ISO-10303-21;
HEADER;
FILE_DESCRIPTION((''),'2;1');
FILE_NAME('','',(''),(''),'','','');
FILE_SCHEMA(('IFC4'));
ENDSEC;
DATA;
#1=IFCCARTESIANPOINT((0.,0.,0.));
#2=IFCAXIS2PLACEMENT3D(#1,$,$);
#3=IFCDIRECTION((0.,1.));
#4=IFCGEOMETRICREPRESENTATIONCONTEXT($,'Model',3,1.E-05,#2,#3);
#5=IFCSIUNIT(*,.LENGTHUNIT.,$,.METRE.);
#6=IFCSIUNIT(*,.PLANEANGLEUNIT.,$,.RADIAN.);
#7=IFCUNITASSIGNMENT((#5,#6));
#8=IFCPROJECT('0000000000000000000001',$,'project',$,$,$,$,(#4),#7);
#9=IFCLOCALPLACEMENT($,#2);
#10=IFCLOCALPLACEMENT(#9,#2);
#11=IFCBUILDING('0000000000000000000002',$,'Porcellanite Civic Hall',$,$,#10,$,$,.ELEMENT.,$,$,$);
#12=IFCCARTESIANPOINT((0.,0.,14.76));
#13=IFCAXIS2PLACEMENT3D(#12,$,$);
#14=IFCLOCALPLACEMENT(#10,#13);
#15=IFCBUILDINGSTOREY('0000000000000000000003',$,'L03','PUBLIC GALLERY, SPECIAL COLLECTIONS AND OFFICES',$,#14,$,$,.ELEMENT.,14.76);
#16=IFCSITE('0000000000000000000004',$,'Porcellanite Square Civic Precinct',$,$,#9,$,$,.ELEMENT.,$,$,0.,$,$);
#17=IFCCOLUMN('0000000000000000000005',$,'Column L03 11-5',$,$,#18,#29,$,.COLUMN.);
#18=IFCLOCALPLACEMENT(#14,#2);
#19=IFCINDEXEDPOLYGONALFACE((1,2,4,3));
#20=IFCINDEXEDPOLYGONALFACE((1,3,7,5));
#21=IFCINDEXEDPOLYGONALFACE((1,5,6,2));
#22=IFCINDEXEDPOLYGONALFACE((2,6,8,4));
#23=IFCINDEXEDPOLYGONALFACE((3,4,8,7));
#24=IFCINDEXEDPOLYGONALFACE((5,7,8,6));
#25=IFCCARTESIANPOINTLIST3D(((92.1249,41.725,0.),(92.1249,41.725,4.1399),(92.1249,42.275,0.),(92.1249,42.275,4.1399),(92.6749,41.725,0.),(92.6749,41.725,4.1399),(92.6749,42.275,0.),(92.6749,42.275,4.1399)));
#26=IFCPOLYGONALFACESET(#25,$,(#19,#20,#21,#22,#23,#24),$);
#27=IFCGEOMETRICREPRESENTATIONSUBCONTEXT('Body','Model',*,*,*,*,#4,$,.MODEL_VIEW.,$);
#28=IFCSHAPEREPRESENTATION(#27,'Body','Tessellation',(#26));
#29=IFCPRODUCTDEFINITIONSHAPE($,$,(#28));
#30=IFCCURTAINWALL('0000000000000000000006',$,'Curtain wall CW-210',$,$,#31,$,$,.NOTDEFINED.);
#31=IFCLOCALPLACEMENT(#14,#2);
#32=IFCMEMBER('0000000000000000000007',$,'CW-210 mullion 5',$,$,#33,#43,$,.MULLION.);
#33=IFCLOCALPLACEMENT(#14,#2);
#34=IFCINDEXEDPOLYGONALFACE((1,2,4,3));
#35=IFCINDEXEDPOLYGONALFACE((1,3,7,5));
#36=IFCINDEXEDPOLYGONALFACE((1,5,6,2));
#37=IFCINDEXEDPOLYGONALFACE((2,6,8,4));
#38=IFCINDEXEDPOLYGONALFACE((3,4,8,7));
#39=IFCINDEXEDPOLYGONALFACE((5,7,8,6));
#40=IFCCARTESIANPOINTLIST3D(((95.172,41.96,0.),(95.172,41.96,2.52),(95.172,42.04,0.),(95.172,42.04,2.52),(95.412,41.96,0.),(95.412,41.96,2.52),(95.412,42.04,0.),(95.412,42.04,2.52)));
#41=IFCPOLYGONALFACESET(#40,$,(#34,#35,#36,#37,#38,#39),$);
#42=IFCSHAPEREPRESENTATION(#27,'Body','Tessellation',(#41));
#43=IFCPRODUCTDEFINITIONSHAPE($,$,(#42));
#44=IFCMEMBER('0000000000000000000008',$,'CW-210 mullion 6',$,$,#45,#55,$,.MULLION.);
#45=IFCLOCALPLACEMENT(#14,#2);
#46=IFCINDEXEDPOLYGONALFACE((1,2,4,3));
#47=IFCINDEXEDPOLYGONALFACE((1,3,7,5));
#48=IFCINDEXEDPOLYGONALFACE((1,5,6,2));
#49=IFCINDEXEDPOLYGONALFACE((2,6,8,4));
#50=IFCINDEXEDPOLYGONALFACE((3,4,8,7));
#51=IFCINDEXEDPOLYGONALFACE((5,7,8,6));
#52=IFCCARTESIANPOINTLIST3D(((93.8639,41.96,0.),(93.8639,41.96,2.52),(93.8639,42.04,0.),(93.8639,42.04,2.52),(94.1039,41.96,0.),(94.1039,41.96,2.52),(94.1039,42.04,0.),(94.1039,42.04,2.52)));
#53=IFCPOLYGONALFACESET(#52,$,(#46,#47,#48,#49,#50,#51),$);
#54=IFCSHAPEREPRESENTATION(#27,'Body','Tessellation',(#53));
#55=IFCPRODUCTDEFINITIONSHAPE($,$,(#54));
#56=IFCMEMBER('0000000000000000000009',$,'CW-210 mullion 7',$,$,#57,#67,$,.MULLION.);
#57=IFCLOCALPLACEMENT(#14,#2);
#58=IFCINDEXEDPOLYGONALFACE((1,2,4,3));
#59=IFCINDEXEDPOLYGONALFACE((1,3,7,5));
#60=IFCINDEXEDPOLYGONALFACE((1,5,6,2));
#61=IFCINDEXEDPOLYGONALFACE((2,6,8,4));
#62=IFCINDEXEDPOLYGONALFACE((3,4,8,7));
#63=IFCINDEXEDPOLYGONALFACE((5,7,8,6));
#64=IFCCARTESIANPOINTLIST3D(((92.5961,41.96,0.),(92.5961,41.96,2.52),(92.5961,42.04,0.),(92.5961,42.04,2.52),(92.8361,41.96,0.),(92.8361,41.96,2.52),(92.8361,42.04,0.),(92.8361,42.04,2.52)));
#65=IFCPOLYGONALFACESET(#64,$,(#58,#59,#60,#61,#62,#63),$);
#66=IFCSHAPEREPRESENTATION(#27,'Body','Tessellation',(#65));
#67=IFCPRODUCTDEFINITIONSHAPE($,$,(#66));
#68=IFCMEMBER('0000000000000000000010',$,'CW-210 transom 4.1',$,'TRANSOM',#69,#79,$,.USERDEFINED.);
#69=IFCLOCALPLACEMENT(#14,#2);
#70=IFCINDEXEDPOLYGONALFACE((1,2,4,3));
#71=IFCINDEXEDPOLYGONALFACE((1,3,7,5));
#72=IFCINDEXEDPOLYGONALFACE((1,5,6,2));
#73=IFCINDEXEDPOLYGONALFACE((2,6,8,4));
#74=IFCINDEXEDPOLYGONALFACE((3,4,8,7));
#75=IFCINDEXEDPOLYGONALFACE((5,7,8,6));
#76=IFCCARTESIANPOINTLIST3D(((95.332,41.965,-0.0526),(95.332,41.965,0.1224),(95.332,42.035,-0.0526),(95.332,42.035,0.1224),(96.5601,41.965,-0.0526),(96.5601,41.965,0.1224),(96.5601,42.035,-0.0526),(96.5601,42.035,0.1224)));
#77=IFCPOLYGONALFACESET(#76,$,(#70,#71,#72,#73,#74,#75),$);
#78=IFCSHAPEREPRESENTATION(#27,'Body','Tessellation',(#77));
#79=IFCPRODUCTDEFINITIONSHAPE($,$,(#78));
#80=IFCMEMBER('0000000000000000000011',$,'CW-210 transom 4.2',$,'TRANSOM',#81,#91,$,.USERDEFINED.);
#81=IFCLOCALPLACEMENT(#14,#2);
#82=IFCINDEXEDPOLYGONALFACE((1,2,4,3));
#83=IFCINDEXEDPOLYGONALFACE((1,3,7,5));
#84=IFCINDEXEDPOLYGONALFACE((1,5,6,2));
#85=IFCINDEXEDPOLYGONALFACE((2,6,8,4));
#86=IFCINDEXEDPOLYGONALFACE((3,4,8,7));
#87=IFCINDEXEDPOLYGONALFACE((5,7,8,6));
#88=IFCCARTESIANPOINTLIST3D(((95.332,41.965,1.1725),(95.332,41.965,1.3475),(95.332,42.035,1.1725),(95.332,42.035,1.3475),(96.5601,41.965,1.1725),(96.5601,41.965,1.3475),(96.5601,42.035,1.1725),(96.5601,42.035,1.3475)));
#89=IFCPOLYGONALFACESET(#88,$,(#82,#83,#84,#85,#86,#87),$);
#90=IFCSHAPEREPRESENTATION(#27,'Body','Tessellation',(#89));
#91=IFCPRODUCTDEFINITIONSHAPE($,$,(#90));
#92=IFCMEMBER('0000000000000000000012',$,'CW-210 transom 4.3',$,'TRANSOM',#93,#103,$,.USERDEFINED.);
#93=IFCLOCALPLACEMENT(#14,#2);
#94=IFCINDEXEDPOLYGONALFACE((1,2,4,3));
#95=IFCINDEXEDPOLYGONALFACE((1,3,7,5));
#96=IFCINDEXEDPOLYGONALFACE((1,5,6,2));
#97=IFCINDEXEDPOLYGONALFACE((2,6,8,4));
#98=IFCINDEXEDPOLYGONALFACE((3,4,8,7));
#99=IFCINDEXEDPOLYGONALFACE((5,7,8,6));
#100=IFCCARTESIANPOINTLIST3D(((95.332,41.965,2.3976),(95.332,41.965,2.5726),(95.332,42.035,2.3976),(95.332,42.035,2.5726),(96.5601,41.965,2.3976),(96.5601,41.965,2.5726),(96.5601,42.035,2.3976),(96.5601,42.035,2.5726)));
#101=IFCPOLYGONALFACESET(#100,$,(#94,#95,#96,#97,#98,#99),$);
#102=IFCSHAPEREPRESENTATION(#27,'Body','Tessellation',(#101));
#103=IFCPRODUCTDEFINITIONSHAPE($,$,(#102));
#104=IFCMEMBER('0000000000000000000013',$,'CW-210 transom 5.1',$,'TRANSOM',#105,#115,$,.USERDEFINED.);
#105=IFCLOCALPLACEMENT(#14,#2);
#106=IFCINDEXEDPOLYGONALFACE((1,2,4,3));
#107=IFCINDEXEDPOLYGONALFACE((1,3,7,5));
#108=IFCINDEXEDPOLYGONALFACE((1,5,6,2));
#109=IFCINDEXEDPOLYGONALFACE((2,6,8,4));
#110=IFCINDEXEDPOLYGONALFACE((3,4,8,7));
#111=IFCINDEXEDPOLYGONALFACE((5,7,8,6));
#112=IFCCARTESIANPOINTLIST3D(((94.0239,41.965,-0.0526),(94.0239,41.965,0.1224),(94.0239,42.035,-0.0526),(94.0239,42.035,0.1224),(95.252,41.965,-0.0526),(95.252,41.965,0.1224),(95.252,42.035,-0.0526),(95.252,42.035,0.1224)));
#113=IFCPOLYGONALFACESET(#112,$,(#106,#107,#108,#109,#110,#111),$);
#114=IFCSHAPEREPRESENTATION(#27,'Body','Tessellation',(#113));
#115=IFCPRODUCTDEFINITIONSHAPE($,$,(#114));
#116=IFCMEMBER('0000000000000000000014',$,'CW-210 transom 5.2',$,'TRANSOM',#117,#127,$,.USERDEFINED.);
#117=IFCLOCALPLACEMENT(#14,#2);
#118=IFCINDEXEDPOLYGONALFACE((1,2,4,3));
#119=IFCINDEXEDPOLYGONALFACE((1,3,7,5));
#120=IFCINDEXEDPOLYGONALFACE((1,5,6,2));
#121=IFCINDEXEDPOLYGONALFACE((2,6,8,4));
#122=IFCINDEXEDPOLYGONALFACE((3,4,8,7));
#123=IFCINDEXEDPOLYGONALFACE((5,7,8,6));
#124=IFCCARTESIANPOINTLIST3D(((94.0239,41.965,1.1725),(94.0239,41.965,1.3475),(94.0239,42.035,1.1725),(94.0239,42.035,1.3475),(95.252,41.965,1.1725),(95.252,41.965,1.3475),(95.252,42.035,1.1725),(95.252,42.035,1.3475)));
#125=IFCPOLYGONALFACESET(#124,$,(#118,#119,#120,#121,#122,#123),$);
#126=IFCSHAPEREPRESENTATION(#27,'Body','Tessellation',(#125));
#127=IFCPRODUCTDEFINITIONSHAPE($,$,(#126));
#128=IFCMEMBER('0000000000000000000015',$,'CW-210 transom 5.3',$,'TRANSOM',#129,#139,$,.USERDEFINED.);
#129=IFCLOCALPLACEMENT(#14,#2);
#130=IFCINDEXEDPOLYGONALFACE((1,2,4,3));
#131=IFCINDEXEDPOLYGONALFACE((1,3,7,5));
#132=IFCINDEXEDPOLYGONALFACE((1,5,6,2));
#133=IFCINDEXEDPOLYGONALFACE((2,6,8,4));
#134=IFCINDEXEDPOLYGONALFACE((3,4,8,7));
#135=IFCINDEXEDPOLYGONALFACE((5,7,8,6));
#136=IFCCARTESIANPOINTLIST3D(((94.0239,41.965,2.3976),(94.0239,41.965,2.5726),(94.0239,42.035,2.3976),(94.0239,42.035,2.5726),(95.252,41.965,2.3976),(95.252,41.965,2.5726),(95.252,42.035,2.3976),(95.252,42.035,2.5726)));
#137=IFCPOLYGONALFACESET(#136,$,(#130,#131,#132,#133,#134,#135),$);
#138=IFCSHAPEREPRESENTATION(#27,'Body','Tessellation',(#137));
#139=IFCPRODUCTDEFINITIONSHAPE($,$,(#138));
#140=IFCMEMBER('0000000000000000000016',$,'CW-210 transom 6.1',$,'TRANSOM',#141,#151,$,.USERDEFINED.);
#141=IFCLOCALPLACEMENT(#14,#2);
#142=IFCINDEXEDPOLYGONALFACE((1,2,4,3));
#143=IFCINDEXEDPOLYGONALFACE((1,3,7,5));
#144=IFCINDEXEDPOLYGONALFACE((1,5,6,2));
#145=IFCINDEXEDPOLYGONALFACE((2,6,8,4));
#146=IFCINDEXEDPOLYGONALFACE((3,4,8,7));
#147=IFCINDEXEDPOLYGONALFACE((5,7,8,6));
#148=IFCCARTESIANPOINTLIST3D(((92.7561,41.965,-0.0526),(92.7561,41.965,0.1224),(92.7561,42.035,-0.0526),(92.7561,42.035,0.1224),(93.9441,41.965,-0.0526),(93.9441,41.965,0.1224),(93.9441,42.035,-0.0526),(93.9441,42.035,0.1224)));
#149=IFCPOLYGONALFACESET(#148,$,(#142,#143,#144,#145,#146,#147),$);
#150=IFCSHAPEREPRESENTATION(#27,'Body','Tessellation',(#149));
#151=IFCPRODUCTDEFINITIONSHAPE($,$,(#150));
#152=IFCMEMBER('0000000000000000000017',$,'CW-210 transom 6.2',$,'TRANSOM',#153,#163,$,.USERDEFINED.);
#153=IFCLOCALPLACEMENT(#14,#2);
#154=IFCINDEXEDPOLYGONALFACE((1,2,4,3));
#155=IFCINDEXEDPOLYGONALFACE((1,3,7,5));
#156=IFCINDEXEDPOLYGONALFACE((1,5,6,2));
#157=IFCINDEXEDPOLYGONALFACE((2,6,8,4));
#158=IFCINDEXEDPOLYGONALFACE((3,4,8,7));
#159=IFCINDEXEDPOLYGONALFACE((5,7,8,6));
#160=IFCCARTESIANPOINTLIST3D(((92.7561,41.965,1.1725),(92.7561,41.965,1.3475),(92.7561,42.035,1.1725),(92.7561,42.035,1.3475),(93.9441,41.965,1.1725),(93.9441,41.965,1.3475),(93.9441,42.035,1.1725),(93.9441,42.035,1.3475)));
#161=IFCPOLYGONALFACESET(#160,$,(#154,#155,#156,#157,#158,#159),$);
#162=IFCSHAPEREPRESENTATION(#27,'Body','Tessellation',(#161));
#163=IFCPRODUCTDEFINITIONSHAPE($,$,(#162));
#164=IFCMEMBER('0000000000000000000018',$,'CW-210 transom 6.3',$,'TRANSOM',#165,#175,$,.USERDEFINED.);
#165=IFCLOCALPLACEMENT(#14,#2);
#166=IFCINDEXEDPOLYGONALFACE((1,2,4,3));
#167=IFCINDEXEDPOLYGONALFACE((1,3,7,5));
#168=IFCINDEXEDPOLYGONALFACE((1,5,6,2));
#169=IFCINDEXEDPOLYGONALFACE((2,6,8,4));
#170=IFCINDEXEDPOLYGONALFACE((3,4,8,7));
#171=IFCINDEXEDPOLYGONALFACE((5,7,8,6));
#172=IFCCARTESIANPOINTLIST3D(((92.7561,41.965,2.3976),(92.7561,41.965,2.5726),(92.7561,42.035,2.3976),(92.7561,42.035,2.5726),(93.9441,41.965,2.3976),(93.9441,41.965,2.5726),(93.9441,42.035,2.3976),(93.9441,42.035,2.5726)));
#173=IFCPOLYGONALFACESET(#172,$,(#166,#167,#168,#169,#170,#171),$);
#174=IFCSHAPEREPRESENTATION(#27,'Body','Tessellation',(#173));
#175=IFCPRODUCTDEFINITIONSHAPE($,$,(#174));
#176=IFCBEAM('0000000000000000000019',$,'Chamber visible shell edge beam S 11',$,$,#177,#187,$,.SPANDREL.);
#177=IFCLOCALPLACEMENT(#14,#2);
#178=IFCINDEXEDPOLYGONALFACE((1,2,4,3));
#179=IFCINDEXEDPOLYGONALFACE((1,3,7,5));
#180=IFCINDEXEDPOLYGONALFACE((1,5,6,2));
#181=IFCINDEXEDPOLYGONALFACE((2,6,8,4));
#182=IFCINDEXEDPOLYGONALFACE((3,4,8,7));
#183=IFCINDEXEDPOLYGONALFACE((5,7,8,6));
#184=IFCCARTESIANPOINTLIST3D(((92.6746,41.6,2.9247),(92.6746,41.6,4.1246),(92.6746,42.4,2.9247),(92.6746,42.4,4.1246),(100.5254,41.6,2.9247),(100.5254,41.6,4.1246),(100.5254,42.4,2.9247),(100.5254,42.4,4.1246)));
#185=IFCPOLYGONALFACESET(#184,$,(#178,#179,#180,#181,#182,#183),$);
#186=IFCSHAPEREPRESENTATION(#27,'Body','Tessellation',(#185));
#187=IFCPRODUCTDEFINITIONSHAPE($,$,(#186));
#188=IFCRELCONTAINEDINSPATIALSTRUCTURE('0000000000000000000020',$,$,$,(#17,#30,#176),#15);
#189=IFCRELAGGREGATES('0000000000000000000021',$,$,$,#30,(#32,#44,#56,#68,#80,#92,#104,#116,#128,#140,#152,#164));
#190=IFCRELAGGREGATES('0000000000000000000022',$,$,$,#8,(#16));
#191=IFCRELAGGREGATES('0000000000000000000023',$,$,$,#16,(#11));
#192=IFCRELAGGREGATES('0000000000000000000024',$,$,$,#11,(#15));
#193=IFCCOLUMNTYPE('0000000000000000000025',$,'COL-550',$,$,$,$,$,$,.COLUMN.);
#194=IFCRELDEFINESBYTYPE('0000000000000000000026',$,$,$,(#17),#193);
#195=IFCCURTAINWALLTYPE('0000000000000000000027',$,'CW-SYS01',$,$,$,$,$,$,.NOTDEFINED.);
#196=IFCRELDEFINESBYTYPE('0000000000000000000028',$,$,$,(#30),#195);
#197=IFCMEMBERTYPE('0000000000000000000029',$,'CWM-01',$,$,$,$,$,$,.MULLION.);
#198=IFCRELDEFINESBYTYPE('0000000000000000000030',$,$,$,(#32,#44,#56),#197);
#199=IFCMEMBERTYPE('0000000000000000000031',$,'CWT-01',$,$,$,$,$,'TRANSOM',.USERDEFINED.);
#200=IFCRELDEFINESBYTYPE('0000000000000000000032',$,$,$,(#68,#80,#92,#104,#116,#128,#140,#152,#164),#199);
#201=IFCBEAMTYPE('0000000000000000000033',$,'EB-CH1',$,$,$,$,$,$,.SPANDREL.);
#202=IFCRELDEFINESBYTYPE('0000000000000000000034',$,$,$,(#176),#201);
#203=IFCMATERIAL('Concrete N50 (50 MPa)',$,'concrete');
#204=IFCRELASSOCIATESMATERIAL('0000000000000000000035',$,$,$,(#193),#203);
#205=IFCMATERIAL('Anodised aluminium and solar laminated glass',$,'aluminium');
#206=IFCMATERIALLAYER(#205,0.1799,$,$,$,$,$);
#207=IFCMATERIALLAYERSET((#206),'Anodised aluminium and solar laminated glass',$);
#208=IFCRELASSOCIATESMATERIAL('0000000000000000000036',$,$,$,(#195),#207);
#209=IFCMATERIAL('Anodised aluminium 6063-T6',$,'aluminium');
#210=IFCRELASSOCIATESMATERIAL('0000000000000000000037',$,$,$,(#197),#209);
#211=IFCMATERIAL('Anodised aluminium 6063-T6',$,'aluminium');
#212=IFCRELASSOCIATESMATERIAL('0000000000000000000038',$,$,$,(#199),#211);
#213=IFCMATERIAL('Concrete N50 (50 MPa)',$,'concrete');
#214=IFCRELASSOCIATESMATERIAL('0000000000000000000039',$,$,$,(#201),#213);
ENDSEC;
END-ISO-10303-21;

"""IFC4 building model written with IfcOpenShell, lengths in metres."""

from ifc_helpers import new_model, si_unit, direction, frame, origin, origin_2d, place, context, subcontext, project, spatial, rectangle, extrude, material, layer, layer_set, material_profile, profile_set, type_object, element, aggregate, save


model = new_model("IFC4")

# Units and contexts
model_context = context("Model", 3, precision=1e-05, world=origin(), true_north=direction((0.0, 1.0)))
body_context = subcontext(model_context, "Body", "Model", "MODEL_VIEW")
ifc_project = project(units=[si_unit("LENGTHUNIT", "METRE"), si_unit("PLANEANGLEUNIT", "RADIAN")], contexts=[model_context])

# Site, building, storey
site_placement = place(None, origin())
site = spatial("IfcSite", under=ifc_project, at=site_placement, Name="Porcellanite Square Civic Precinct", CompositionType="ELEMENT", RefElevation=0.0)
building_placement = place(site_placement, origin())
building = spatial("IfcBuilding", under=site, at=building_placement, Name="Porcellanite Civic Hall", CompositionType="ELEMENT")
storey_placement = place(building_placement, frame((0.0, 0.0, 14.76)))
storey = spatial("IfcBuildingStorey", under=building, at=storey_placement, Name="L03", Description="PUBLIC GALLERY, SPECIAL COLLECTIONS AND OFFICES", CompositionType="ELEMENT", Elevation=14.76)

# Column
ifc_material_1 = material(Name="Concrete N50 (50 MPa)", Category="concrete")
ifc_material_profile_1 = material_profile(ifc_material_1, rectangle(XDim=0.55, YDim=0.55, at=origin_2d()), Name="RC-550x550")
ifc_profile_set_1 = profile_set([ifc_material_profile_1], Name="Concrete N50 (50 MPa)")
column_type = type_object("IfcColumnType", Name="COL-550", PredefinedType="COLUMN", material=ifc_profile_set_1)
column_placement = place(storey_placement, frame((92.3999, 42.0, 0.0), z_axis=(0.0, 0.0, 1.0), x_axis=(1.0, 0.0, 0.0)))
element("IfcColumn", 1, at=column_placement, inside=storey, type_object=column_type, Name="Column L03 11-5", PredefinedType="COLUMN", context=body_context, shape_type="SweptSolid", body=[
    extrude(rectangle(XDim=0.55, YDim=0.55, at=origin_2d()), origin(), (0.0, 0.0, 1.0), 4.1399),
])

# Curtain wall, members
ifc_material_2 = material(Name="Anodised aluminium and solar laminated glass", Category="aluminium")
ifc_layer_1 = layer(ifc_material_2, 0.1799)
ifc_layer_set_1 = layer_set([ifc_layer_1], Name="Anodised aluminium and solar laminated glass")
curtain_wall_type = type_object("IfcCurtainWallType", Name="CW-SYS01", PredefinedType="NOTDEFINED", material=ifc_layer_set_1)
curtain_wall_placement = place(storey_placement, origin())
curtain_wall = element("IfcCurtainWall", 2, at=curtain_wall_placement, inside=storey, type_object=curtain_wall_type, Name="Curtain wall CW-210", PredefinedType="NOTDEFINED")
ifc_material_3 = material(Name="Anodised aluminium 6063-T6", Category="aluminium")
ifc_material_profile_2 = material_profile(ifc_material_3, rectangle(XDim=0.0801, YDim=0.24, at=origin_2d()), Name="AL-80x240")
ifc_profile_set_2 = profile_set([ifc_material_profile_2], Name="Anodised aluminium 6063-T6")
member_type_1 = type_object("IfcMemberType", Name="CWM-01", PredefinedType="MULLION", material=ifc_profile_set_2)
member_1_placement = place(storey_placement, frame((95.292, 42.0, 0.0), z_axis=(0.0, 0.0, 1.0), x_axis=(0.0, -1.0, 0.0)))
member_1 = element("IfcMember", 3, at=member_1_placement, type_object=member_type_1, Name="CW-210 mullion 5", PredefinedType="MULLION", context=body_context, shape_type="SweptSolid", body=[
    extrude(rectangle(XDim=0.0801, YDim=0.24, at=origin_2d()), origin(), (0.0, 0.0, 1.0), 2.52),
])
member_2_placement = place(storey_placement, frame((93.9839, 42.0, 0.0), z_axis=(0.0, 0.0, 1.0), x_axis=(0.0, -1.0, 0.0)))
member_2 = element("IfcMember", 4, at=member_2_placement, type_object=member_type_1, Name="CW-210 mullion 6", PredefinedType="MULLION", context=body_context, shape_type="SweptSolid", body=[
    extrude(rectangle(XDim=0.0801, YDim=0.24, at=origin_2d()), origin(), (0.0, 0.0, 1.0), 2.52),
])
member_3_placement = place(storey_placement, frame((92.7161, 42.0, 0.0), z_axis=(0.0, 0.0, 1.0), x_axis=(0.0, -1.0, 0.0)))
member_3 = element("IfcMember", 5, at=member_3_placement, type_object=member_type_1, Name="CW-210 mullion 7", PredefinedType="MULLION", context=body_context, shape_type="SweptSolid", body=[
    extrude(rectangle(XDim=0.0801, YDim=0.24, at=origin_2d()), origin(), (0.0, 0.0, 1.0), 2.52),
])
ifc_material_4 = material(Name="Anodised aluminium 6063-T6", Category="aluminium")
ifc_material_profile_3 = material_profile(ifc_material_4, rectangle(XDim=0.0701, YDim=0.175, at=origin_2d()), Name="AL-70x175")
ifc_profile_set_3 = profile_set([ifc_material_profile_3], Name="Anodised aluminium 6063-T6")
member_type_2 = type_object("IfcMemberType", Name="CWT-01", ElementType="TRANSOM", PredefinedType="USERDEFINED", material=ifc_profile_set_3)
member_4_placement = place(storey_placement, frame((96.5601, 42.0, 0.0349), z_axis=(-1.0, 0.0, 0.0), x_axis=(0.0, -1.0, 0.0)))
member_4 = element("IfcMember", 6, at=member_4_placement, type_object=member_type_2, Name="CW-210 transom 4.1", ObjectType="TRANSOM", PredefinedType="USERDEFINED", context=body_context, shape_type="SweptSolid", body=[
    extrude(rectangle(XDim=0.0701, YDim=0.175, at=origin_2d()), origin(), (0.0, 0.0, 1.0), 1.228),
])
member_5_placement = place(storey_placement, frame((96.5601, 42.0, 1.26), z_axis=(-1.0, 0.0, 0.0), x_axis=(0.0, -1.0, 0.0)))
member_5 = element("IfcMember", 7, at=member_5_placement, type_object=member_type_2, Name="CW-210 transom 4.2", ObjectType="TRANSOM", PredefinedType="USERDEFINED", context=body_context, shape_type="SweptSolid", body=[
    extrude(rectangle(XDim=0.0701, YDim=0.175, at=origin_2d()), origin(), (0.0, 0.0, 1.0), 1.228),
])
member_6_placement = place(storey_placement, frame((96.5601, 42.0, 2.4851), z_axis=(-1.0, 0.0, 0.0), x_axis=(0.0, -1.0, 0.0)))
member_6 = element("IfcMember", 8, at=member_6_placement, type_object=member_type_2, Name="CW-210 transom 4.3", ObjectType="TRANSOM", PredefinedType="USERDEFINED", context=body_context, shape_type="SweptSolid", body=[
    extrude(rectangle(XDim=0.0701, YDim=0.175, at=origin_2d()), origin(), (0.0, 0.0, 1.0), 1.228),
])
member_7_placement = place(storey_placement, frame((95.252, 42.0, 0.0349), z_axis=(-1.0, 0.0, 0.0), x_axis=(0.0, -1.0, 0.0)))
member_7 = element("IfcMember", 9, at=member_7_placement, type_object=member_type_2, Name="CW-210 transom 5.1", ObjectType="TRANSOM", PredefinedType="USERDEFINED", context=body_context, shape_type="SweptSolid", body=[
    extrude(rectangle(XDim=0.0701, YDim=0.175, at=origin_2d()), origin(), (0.0, 0.0, 1.0), 1.228),
])
member_8_placement = place(storey_placement, frame((95.252, 42.0, 1.26), z_axis=(-1.0, 0.0, 0.0), x_axis=(0.0, -1.0, 0.0)))
member_8 = element("IfcMember", 10, at=member_8_placement, type_object=member_type_2, Name="CW-210 transom 5.2", ObjectType="TRANSOM", PredefinedType="USERDEFINED", context=body_context, shape_type="SweptSolid", body=[
    extrude(rectangle(XDim=0.0701, YDim=0.175, at=origin_2d()), origin(), (0.0, 0.0, 1.0), 1.228),
])
member_9_placement = place(storey_placement, frame((95.252, 42.0, 2.4851), z_axis=(-1.0, 0.0, 0.0), x_axis=(0.0, -1.0, 0.0)))
member_9 = element("IfcMember", 11, at=member_9_placement, type_object=member_type_2, Name="CW-210 transom 5.3", ObjectType="TRANSOM", PredefinedType="USERDEFINED", context=body_context, shape_type="SweptSolid", body=[
    extrude(rectangle(XDim=0.0701, YDim=0.175, at=origin_2d()), origin(), (0.0, 0.0, 1.0), 1.228),
])
member_10_placement = place(storey_placement, frame((93.9441, 42.0, 0.0349), z_axis=(-1.0, 0.0, 0.0), x_axis=(0.0, -1.0, 0.0)))
member_10 = element("IfcMember", 12, at=member_10_placement, type_object=member_type_2, Name="CW-210 transom 6.1", ObjectType="TRANSOM", PredefinedType="USERDEFINED", context=body_context, shape_type="SweptSolid", body=[
    extrude(rectangle(XDim=0.0701, YDim=0.175, at=origin_2d()), origin(), (0.0, 0.0, 1.0), 1.188),
])
member_11_placement = place(storey_placement, frame((93.9441, 42.0, 1.26), z_axis=(-1.0, 0.0, 0.0), x_axis=(0.0, -1.0, 0.0)))
member_11 = element("IfcMember", 13, at=member_11_placement, type_object=member_type_2, Name="CW-210 transom 6.2", ObjectType="TRANSOM", PredefinedType="USERDEFINED", context=body_context, shape_type="SweptSolid", body=[
    extrude(rectangle(XDim=0.0701, YDim=0.175, at=origin_2d()), origin(), (0.0, 0.0, 1.0), 1.188),
])
member_12_placement = place(storey_placement, frame((93.9441, 42.0, 2.4851), z_axis=(-1.0, 0.0, 0.0), x_axis=(0.0, -1.0, 0.0)))
member_12 = element("IfcMember", 14, at=member_12_placement, type_object=member_type_2, Name="CW-210 transom 6.3", ObjectType="TRANSOM", PredefinedType="USERDEFINED", context=body_context, shape_type="SweptSolid", body=[
    extrude(rectangle(XDim=0.0701, YDim=0.175, at=origin_2d()), origin(), (0.0, 0.0, 1.0), 1.188),
])

# Beam
ifc_material_5 = material(Name="Concrete N50 (50 MPa)", Category="concrete")
ifc_material_profile_4 = material_profile(ifc_material_5, rectangle(XDim=0.8, YDim=1.2, at=origin_2d()), Name="RC-800x1200")
ifc_profile_set_4 = profile_set([ifc_material_profile_4], Name="Concrete N50 (50 MPa)")
beam_type_1 = type_object("IfcBeamType", Name="EB-CH1", PredefinedType="SPANDREL", material=ifc_profile_set_4)
beam_1_placement = place(storey_placement, frame((92.6746, 42.0, 3.5247), z_axis=(1.0, 0.0, 0.0), x_axis=(0.0, 1.0, 0.0)))
element("IfcBeam", 15, at=beam_1_placement, inside=storey, type_object=beam_type_1, Name="Chamber visible shell edge beam S 11", PredefinedType="SPANDREL", context=body_context, shape_type="SweptSolid", body=[
    extrude(rectangle(XDim=0.8, YDim=1.2, at=origin_2d()), origin(), (0.0, 0.0, 1.0), 7.8508),
])

aggregate(curtain_wall, [member_1, member_2, member_3, member_4, member_5, member_6, member_7, member_8, member_9, member_10, member_11, member_12])

save(model, "model.ifc")
